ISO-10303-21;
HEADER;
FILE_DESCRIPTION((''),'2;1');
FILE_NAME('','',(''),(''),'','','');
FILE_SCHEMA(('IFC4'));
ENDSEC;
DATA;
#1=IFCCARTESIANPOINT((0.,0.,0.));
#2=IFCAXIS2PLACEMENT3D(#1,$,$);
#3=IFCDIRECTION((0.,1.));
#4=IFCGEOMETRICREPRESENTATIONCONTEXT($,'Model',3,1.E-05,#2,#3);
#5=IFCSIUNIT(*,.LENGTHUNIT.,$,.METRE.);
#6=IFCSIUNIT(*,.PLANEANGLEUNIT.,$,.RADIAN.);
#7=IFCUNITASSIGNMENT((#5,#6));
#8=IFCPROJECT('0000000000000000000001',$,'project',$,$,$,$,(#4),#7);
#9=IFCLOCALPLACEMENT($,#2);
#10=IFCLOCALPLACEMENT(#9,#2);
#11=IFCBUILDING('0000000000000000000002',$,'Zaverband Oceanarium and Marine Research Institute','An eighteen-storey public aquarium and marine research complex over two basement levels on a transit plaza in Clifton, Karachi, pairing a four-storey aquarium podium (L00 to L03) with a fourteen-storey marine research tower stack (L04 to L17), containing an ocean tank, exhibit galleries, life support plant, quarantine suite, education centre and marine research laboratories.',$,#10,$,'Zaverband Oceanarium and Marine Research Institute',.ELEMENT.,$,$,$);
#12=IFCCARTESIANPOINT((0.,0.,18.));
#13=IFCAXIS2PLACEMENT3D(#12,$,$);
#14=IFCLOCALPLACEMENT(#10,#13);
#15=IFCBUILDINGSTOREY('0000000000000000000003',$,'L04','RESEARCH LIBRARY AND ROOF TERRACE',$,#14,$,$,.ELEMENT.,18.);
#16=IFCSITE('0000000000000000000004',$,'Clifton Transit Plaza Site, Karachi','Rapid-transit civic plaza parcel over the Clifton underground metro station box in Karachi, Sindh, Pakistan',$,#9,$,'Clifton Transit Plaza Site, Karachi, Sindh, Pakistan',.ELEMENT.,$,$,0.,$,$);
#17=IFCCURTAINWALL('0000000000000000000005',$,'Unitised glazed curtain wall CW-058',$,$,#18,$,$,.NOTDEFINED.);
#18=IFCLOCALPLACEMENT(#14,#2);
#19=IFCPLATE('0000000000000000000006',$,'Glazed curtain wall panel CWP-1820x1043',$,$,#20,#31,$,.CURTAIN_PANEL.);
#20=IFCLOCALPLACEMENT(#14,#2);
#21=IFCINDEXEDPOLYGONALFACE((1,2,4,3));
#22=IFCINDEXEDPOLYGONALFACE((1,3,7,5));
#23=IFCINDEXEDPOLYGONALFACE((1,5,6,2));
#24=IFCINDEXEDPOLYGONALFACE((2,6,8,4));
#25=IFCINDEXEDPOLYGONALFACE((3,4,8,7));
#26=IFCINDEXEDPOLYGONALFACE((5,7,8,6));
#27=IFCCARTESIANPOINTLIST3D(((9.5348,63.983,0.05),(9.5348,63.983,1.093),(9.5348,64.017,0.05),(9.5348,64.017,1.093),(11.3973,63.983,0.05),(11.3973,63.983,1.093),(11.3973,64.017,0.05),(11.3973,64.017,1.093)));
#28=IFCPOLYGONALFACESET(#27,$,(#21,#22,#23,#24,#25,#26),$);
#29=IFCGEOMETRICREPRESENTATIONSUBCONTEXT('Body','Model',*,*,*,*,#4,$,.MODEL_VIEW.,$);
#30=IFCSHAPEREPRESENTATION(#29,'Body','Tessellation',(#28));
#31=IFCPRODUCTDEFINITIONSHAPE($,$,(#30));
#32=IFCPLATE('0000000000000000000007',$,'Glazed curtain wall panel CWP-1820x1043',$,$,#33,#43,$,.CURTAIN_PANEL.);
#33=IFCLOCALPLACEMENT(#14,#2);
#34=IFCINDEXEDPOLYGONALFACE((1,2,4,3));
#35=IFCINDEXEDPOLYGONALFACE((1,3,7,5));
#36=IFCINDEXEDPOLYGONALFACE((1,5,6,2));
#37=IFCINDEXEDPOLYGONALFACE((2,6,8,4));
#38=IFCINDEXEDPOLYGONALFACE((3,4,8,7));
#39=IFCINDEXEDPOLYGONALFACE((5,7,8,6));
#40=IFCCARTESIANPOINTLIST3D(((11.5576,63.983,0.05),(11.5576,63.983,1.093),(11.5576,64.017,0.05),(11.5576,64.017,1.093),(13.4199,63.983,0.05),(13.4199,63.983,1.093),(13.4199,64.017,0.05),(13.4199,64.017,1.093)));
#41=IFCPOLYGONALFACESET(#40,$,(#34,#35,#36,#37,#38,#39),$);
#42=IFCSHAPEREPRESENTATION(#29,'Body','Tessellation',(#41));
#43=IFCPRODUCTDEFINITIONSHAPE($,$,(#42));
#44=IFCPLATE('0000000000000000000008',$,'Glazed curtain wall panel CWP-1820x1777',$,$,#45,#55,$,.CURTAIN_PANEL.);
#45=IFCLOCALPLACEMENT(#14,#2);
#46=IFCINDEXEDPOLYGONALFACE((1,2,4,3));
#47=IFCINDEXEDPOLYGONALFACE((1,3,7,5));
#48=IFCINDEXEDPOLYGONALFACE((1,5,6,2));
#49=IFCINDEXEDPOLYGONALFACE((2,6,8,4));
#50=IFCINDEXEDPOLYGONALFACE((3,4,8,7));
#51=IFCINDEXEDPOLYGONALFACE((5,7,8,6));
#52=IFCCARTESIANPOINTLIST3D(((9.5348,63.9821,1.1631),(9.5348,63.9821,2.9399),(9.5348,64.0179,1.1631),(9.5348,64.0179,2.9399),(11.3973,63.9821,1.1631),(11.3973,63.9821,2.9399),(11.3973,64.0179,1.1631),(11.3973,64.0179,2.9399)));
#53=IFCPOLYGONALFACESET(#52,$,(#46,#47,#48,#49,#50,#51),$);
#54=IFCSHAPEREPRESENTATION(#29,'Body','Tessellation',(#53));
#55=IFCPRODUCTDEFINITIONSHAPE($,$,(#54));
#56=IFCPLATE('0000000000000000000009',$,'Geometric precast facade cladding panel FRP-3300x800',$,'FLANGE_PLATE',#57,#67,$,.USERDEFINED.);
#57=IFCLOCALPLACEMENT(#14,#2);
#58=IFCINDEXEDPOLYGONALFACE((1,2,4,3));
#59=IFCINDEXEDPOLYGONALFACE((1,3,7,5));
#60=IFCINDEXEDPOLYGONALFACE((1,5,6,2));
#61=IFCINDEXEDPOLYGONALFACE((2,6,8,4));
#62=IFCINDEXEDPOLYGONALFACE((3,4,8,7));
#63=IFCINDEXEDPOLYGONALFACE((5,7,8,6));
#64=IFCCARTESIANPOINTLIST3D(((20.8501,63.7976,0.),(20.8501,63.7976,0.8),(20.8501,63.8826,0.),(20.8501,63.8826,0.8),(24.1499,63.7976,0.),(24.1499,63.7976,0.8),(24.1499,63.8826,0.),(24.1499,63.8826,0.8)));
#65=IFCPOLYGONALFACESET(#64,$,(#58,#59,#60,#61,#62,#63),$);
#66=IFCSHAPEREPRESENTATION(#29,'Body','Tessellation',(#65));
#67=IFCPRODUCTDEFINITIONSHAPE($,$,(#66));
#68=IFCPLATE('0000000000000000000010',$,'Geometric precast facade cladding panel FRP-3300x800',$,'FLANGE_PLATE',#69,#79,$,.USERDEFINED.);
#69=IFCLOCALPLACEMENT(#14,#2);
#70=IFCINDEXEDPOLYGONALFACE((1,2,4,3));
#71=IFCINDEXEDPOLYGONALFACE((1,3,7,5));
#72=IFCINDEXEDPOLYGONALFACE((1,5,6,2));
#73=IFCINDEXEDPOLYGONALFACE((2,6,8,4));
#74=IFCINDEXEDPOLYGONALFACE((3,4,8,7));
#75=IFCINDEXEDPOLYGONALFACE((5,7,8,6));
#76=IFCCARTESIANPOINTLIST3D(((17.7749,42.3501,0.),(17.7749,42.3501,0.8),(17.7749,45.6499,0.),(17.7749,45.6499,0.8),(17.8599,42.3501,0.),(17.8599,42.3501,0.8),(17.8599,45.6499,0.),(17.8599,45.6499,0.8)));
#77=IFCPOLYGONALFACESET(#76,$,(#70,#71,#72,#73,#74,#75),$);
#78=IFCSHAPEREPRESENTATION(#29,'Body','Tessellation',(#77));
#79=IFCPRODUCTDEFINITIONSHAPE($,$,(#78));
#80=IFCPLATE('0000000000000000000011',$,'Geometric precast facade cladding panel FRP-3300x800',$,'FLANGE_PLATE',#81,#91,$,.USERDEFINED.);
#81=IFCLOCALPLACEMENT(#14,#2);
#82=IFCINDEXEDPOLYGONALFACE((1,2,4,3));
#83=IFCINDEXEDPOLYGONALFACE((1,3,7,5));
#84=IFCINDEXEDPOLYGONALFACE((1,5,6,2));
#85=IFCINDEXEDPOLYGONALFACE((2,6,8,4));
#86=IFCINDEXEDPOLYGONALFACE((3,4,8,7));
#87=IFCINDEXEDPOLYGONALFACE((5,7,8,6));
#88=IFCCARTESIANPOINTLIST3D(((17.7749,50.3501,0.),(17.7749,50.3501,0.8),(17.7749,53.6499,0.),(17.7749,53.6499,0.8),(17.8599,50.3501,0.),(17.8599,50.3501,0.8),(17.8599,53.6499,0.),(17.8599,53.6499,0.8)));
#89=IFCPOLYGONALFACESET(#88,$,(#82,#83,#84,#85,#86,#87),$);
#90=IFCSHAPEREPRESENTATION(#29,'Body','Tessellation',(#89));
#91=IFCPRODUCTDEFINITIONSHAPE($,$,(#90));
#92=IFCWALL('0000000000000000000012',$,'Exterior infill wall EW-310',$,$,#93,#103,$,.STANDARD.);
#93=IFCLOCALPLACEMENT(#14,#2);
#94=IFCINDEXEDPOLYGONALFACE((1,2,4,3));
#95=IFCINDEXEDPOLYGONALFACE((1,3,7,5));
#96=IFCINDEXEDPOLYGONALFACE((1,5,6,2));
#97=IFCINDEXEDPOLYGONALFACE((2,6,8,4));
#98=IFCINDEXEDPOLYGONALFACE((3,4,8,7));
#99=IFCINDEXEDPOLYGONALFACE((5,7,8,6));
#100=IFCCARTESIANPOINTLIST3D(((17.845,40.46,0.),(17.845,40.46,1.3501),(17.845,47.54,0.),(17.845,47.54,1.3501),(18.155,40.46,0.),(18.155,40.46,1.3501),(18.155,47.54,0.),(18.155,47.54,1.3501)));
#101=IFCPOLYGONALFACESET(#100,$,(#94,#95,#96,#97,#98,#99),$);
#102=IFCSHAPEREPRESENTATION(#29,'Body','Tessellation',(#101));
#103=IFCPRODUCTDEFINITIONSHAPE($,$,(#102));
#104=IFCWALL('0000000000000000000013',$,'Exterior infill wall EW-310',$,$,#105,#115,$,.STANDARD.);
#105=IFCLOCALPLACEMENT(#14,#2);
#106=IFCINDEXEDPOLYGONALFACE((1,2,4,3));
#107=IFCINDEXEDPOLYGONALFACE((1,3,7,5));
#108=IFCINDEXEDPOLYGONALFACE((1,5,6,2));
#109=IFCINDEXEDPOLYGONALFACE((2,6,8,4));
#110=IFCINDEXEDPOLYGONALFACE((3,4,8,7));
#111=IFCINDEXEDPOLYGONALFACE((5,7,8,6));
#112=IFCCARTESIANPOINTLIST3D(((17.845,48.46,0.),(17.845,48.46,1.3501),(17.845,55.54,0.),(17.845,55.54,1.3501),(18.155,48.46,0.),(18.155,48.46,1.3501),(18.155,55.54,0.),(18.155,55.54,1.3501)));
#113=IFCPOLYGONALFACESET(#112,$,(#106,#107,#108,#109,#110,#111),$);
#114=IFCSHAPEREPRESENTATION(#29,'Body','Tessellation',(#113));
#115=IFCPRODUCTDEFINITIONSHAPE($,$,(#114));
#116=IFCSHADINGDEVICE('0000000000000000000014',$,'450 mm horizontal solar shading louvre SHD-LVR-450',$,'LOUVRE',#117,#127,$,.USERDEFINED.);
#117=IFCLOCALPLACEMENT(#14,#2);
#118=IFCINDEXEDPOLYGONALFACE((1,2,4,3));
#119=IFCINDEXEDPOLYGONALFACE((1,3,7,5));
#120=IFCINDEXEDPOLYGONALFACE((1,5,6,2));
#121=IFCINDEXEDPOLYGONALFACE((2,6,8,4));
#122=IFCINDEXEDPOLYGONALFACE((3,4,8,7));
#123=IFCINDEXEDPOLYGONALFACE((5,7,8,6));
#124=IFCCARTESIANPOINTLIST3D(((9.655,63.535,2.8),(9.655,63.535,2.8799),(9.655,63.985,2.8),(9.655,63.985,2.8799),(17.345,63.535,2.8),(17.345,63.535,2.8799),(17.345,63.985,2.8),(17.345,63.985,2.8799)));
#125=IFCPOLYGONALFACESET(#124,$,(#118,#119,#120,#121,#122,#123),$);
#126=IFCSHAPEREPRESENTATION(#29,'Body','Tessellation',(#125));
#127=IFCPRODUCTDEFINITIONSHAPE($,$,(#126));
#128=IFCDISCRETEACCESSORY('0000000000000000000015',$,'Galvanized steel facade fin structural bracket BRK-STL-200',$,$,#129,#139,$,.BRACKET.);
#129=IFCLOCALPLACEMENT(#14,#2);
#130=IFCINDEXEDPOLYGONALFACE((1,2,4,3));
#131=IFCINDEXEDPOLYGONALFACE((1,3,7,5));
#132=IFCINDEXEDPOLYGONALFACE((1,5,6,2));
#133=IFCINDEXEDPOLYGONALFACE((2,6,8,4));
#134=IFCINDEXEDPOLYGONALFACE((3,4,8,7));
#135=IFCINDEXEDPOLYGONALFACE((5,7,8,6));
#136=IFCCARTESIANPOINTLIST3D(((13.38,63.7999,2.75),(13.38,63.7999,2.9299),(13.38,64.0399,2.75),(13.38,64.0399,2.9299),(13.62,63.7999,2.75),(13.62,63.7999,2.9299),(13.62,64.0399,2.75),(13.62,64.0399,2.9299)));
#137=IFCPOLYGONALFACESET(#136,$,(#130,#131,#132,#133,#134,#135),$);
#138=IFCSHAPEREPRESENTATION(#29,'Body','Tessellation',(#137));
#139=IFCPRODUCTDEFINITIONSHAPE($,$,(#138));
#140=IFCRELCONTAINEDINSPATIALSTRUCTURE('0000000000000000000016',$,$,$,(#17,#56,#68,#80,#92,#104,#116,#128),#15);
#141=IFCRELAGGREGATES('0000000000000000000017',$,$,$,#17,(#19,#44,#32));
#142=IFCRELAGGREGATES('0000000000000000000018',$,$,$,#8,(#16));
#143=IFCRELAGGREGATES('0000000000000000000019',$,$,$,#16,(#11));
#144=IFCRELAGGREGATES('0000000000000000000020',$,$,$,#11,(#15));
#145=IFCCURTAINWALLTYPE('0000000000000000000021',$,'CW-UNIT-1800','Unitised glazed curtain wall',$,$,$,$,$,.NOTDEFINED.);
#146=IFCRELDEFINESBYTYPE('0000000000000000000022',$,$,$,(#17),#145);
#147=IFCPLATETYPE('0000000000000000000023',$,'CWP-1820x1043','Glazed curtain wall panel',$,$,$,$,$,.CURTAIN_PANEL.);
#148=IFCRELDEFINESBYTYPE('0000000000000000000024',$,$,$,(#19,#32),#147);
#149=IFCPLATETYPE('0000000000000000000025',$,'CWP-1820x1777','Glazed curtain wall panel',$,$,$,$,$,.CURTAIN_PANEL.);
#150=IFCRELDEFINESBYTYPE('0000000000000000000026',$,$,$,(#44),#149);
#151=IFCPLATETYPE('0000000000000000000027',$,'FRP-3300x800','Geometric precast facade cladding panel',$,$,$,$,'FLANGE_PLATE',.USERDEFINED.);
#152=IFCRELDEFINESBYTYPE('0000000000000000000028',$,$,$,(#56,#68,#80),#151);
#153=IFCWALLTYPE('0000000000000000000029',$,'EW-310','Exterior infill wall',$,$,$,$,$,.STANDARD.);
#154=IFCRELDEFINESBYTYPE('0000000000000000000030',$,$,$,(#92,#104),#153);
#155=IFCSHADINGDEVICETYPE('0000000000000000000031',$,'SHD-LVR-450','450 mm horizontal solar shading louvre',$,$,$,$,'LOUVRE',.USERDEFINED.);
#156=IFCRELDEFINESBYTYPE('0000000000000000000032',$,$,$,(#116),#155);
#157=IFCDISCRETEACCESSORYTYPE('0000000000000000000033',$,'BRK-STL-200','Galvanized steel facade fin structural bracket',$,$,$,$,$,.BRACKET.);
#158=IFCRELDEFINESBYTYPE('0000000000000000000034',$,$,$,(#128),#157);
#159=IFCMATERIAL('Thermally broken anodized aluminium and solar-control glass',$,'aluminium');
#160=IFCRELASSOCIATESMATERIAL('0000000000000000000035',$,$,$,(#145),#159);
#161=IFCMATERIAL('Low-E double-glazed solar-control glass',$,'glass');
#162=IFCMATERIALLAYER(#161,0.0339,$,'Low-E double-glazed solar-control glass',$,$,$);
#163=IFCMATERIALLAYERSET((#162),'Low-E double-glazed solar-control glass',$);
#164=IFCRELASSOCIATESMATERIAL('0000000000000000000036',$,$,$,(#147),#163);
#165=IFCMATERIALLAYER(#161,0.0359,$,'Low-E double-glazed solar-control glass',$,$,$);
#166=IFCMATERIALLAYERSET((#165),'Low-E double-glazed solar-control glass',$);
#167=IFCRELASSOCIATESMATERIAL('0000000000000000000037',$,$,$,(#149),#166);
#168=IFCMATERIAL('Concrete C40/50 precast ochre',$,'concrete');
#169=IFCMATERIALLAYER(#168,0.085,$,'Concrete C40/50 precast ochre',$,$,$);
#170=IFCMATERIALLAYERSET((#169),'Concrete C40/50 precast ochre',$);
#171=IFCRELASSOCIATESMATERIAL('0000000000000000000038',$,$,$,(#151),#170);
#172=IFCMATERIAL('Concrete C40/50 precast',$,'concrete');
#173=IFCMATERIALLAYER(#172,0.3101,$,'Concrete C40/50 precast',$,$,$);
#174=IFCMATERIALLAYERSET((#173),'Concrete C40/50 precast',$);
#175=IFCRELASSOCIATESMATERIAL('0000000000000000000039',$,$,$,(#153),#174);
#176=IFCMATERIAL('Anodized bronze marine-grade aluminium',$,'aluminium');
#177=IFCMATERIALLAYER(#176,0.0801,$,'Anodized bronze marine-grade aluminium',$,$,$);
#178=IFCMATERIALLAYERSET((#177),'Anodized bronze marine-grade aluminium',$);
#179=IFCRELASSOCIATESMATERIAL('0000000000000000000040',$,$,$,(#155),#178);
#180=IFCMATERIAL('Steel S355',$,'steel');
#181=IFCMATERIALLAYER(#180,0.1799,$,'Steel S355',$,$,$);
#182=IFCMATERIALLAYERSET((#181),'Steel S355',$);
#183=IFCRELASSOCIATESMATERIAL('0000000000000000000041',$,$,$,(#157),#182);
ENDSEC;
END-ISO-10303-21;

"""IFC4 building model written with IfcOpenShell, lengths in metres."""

from ifc_helpers import new_model, si_unit, direction, frame, frame_2d, origin, origin_2d, place, context, subcontext, project, spatial, rectangle, extrude, material, layer, layer_set, type_object, element, aggregate, save


model = new_model("IFC4")

# Units and contexts
model_context = context("Model", 3, precision=1e-05, world=origin(), true_north=direction((0.0, 1.0)))
body_context = subcontext(model_context, "Body", "Model", "MODEL_VIEW")
ifc_project = project(units=[si_unit("LENGTHUNIT", "METRE"), si_unit("PLANEANGLEUNIT", "RADIAN")], contexts=[model_context])

# Site, building, storey
site_placement = place(None, origin())
site = spatial("IfcSite", under=ifc_project, at=site_placement, Name="Clifton Transit Plaza Site, Karachi", Description="Rapid-transit civic plaza parcel over the Clifton underground metro station box in Karachi, Sindh, Pakistan", LongName="Clifton Transit Plaza Site, Karachi, Sindh, Pakistan", CompositionType="ELEMENT", RefElevation=0.0)
building_placement = place(site_placement, origin())
building = spatial("IfcBuilding", under=site, at=building_placement, Name="Zaverband Oceanarium and Marine Research Institute", Description="An eighteen-storey public aquarium and marine research complex over two basement levels on a transit plaza in Clifton, Karachi, pairing a four-storey aquarium podium (L00 to L03) with a fourteen-storey marine research tower stack (L04 to L17), containing an ocean tank, exhibit galleries, life support plant, quarantine suite, education centre and marine research laboratories.", LongName="Zaverband Oceanarium and Marine Research Institute", CompositionType="ELEMENT")
storey_placement = place(building_placement, frame((0.0, 0.0, 18.0)))
storey = spatial("IfcBuildingStorey", under=building, at=storey_placement, Name="L04", Description="RESEARCH LIBRARY AND ROOF TERRACE", CompositionType="ELEMENT", Elevation=18.0)

# Shared definitions
ifc_material_1 = material(Name="Steel S355", Category="steel")

# Curtain wall
ifc_material_2 = material(Name="Thermally broken anodized aluminium and solar-control glass", Category="aluminium")
curtain_wall_type = type_object("IfcCurtainWallType", Name="CW-UNIT-1800", Description="Unitised glazed curtain wall", PredefinedType="NOTDEFINED", material=ifc_material_2)
curtain_wall_placement = place(storey_placement, origin())
curtain_wall = element("IfcCurtainWall", 1, at=curtain_wall_placement, inside=storey, type_object=curtain_wall_type, Name="Unitised glazed curtain wall CW-058", PredefinedType="NOTDEFINED")

# Plates
ifc_material_3 = material(Name="Low-E double-glazed solar-control glass", Category="glass")
ifc_layer_1 = layer(ifc_material_3, 0.0339, Name="Low-E double-glazed solar-control glass")
ifc_layer_set_1 = layer_set([ifc_layer_1], Name="Low-E double-glazed solar-control glass")
plate_type_1 = type_object("IfcPlateType", Name="CWP-1820x1043", Description="Glazed curtain wall panel", PredefinedType="CURTAIN_PANEL", material=ifc_layer_set_1)
plate_1_placement = place(storey_placement, frame((9.5349, 64.0, 0.05), z_axis=(0.0, 0.0, 1.0), x_axis=(1.0, 0.0, 0.0)))
plate_1 = element("IfcPlate", 2, at=plate_1_placement, type_object=plate_type_1, Name="Glazed curtain wall panel CWP-1820x1043", PredefinedType="CURTAIN_PANEL", context=body_context, shape_type="SweptSolid", body=[
    extrude(rectangle(XDim=1.8625, YDim=0.0339, at=frame_2d((0.9312, 0.0))), origin(), (0.0, 0.0, 1.0), 1.043),
])
plate_2_placement = place(storey_placement, frame((11.5576, 64.0, 0.05), z_axis=(0.0, 0.0, 1.0), x_axis=(1.0, 0.0, 0.0)))
plate_2 = element("IfcPlate", 3, at=plate_2_placement, type_object=plate_type_1, Name="Glazed curtain wall panel CWP-1820x1043", PredefinedType="CURTAIN_PANEL", context=body_context, shape_type="SweptSolid", body=[
    extrude(rectangle(XDim=1.8623, YDim=0.0339, at=frame_2d((0.9312, 0.0))), origin(), (0.0, 0.0, 1.0), 1.043),
])
ifc_layer_2 = layer(ifc_material_3, 0.0359, Name="Low-E double-glazed solar-control glass")
ifc_layer_set_2 = layer_set([ifc_layer_2], Name="Low-E double-glazed solar-control glass")
plate_type_2 = type_object("IfcPlateType", Name="CWP-1820x1777", Description="Glazed curtain wall panel", PredefinedType="CURTAIN_PANEL", material=ifc_layer_set_2)
plate_3_placement = place(storey_placement, frame((9.5349, 64.0, 1.1631), z_axis=(0.0, 0.0, 1.0), x_axis=(1.0, 0.0, 0.0)))
plate_3 = element("IfcPlate", 4, at=plate_3_placement, type_object=plate_type_2, Name="Glazed curtain wall panel CWP-1820x1777", PredefinedType="CURTAIN_PANEL", context=body_context, shape_type="SweptSolid", body=[
    extrude(rectangle(XDim=1.8625, YDim=0.0359, at=frame_2d((0.9312, 0.0))), origin(), (0.0, 0.0, 1.0), 1.7769),
])
aggregate(curtain_wall, [plate_1, plate_3, plate_2])

# Plates
ifc_material_4 = material(Name="Concrete C40/50 precast ochre", Category="concrete")
ifc_layer_3 = layer(ifc_material_4, 0.085, Name="Concrete C40/50 precast ochre")
ifc_layer_set_3 = layer_set([ifc_layer_3], Name="Concrete C40/50 precast ochre")
plate_type_3 = type_object("IfcPlateType", Name="FRP-3300x800", Description="Geometric precast facade cladding panel", ElementType="FLANGE_PLATE", PredefinedType="USERDEFINED", material=ifc_layer_set_3)
for number, where, z_axis, x_axis, name in (
    (5, (20.8501, 63.8401, 0.0), (0.0, 0.0, 1.0), (1.0, 0.0, 0.0), "Geometric precast facade cladding panel FRP-3300x800"),
    (6, (17.8174, 42.3501, 0.0), (0.0, 0.0, 1.0), (0.0, 1.0, 0.0), "Geometric precast facade cladding panel FRP-3300x800"),
    (7, (17.8174, 50.3501, 0.0), (0.0, 0.0, 1.0), (0.0, 1.0, 0.0), "Geometric precast facade cladding panel FRP-3300x800"),
):
    element("IfcPlate", number, at=place(storey_placement, frame(where, z_axis=z_axis, x_axis=x_axis)), inside=storey, type_object=plate_type_3, Name=name, ObjectType="FLANGE_PLATE", PredefinedType="USERDEFINED", context=body_context, shape_type="SweptSolid", body=[
        extrude(rectangle(XDim=3.2998, YDim=0.085, at=frame_2d((1.6499, 0.0))), origin(), (0.0, 0.0, 1.0), 0.8),
    ])

# Walls
ifc_material_5 = material(Name="Concrete C40/50 precast", Category="concrete")
ifc_layer_4 = layer(ifc_material_5, 0.3101, Name="Concrete C40/50 precast")
ifc_layer_set_4 = layer_set([ifc_layer_4], Name="Concrete C40/50 precast")
wall_type = type_object("IfcWallType", Name="EW-310", Description="Exterior infill wall", PredefinedType="STANDARD", material=ifc_layer_set_4)
for number, where, z_axis, x_axis, name in (
    (8, (18.0, 40.46, 0.0), (0.0, 0.0, 1.0), (0.0, 1.0, 0.0), "Exterior infill wall EW-310"),
    (9, (18.0, 48.46, 0.0), (0.0, 0.0, 1.0), (0.0, 1.0, 0.0), "Exterior infill wall EW-310"),
):
    element("IfcWall", number, at=place(storey_placement, frame(where, z_axis=z_axis, x_axis=x_axis)), inside=storey, type_object=wall_type, Name=name, PredefinedType="STANDARD", context=body_context, shape_type="SweptSolid", body=[
        extrude(rectangle(XDim=7.0801, YDim=0.3101, at=frame_2d((3.54, 0.0))), origin(), (0.0, 0.0, 1.0), 1.3501),
    ])

# Shading device
ifc_material_6 = material(Name="Anodized bronze marine-grade aluminium", Category="aluminium")
ifc_layer_5 = layer(ifc_material_6, 0.0801, Name="Anodized bronze marine-grade aluminium")
ifc_layer_set_5 = layer_set([ifc_layer_5], Name="Anodized bronze marine-grade aluminium")
shading_device_type = type_object("IfcShadingDeviceType", Name="SHD-LVR-450", Description="450 mm horizontal solar shading louvre", ElementType="LOUVRE", PredefinedType="USERDEFINED", material=ifc_layer_set_5)
shading_device_placement = place(storey_placement, frame((9.655, 63.76, 2.8), z_axis=(0.0, 0.0, 1.0), x_axis=(1.0, 0.0, 0.0)))
element("IfcShadingDevice", 10, at=shading_device_placement, inside=storey, type_object=shading_device_type, Name="450 mm horizontal solar shading louvre SHD-LVR-450", ObjectType="LOUVRE", PredefinedType="USERDEFINED", context=body_context, shape_type="SweptSolid", body=[
    extrude(rectangle(XDim=7.6899, YDim=0.45, at=frame_2d((3.845, 0.0))), origin(), (0.0, 0.0, 1.0), 0.0798),
])

# Discrete accessory
ifc_layer_6 = layer(ifc_material_1, 0.1799, Name="Steel S355")
ifc_layer_set_6 = layer_set([ifc_layer_6], Name="Steel S355")
discrete_accessory_type = type_object("IfcDiscreteAccessoryType", Name="BRK-STL-200", Description="Galvanized steel facade fin structural bracket", PredefinedType="BRACKET", material=ifc_layer_set_6)
discrete_accessory_placement = place(storey_placement, frame((13.5, 63.9199, 2.75), z_axis=(0.0, 0.0, 1.0), x_axis=(1.0, 0.0, 0.0)))
element("IfcDiscreteAccessory", 11, at=discrete_accessory_placement, inside=storey, type_object=discrete_accessory_type, Name="Galvanized steel facade fin structural bracket BRK-STL-200", PredefinedType="BRACKET", context=body_context, shape_type="SweptSolid", body=[
    extrude(rectangle(XDim=0.24, YDim=0.24, at=origin_2d()), origin(), (0.0, 0.0, 1.0), 0.1799),
])

save(model, "model.ifc")
